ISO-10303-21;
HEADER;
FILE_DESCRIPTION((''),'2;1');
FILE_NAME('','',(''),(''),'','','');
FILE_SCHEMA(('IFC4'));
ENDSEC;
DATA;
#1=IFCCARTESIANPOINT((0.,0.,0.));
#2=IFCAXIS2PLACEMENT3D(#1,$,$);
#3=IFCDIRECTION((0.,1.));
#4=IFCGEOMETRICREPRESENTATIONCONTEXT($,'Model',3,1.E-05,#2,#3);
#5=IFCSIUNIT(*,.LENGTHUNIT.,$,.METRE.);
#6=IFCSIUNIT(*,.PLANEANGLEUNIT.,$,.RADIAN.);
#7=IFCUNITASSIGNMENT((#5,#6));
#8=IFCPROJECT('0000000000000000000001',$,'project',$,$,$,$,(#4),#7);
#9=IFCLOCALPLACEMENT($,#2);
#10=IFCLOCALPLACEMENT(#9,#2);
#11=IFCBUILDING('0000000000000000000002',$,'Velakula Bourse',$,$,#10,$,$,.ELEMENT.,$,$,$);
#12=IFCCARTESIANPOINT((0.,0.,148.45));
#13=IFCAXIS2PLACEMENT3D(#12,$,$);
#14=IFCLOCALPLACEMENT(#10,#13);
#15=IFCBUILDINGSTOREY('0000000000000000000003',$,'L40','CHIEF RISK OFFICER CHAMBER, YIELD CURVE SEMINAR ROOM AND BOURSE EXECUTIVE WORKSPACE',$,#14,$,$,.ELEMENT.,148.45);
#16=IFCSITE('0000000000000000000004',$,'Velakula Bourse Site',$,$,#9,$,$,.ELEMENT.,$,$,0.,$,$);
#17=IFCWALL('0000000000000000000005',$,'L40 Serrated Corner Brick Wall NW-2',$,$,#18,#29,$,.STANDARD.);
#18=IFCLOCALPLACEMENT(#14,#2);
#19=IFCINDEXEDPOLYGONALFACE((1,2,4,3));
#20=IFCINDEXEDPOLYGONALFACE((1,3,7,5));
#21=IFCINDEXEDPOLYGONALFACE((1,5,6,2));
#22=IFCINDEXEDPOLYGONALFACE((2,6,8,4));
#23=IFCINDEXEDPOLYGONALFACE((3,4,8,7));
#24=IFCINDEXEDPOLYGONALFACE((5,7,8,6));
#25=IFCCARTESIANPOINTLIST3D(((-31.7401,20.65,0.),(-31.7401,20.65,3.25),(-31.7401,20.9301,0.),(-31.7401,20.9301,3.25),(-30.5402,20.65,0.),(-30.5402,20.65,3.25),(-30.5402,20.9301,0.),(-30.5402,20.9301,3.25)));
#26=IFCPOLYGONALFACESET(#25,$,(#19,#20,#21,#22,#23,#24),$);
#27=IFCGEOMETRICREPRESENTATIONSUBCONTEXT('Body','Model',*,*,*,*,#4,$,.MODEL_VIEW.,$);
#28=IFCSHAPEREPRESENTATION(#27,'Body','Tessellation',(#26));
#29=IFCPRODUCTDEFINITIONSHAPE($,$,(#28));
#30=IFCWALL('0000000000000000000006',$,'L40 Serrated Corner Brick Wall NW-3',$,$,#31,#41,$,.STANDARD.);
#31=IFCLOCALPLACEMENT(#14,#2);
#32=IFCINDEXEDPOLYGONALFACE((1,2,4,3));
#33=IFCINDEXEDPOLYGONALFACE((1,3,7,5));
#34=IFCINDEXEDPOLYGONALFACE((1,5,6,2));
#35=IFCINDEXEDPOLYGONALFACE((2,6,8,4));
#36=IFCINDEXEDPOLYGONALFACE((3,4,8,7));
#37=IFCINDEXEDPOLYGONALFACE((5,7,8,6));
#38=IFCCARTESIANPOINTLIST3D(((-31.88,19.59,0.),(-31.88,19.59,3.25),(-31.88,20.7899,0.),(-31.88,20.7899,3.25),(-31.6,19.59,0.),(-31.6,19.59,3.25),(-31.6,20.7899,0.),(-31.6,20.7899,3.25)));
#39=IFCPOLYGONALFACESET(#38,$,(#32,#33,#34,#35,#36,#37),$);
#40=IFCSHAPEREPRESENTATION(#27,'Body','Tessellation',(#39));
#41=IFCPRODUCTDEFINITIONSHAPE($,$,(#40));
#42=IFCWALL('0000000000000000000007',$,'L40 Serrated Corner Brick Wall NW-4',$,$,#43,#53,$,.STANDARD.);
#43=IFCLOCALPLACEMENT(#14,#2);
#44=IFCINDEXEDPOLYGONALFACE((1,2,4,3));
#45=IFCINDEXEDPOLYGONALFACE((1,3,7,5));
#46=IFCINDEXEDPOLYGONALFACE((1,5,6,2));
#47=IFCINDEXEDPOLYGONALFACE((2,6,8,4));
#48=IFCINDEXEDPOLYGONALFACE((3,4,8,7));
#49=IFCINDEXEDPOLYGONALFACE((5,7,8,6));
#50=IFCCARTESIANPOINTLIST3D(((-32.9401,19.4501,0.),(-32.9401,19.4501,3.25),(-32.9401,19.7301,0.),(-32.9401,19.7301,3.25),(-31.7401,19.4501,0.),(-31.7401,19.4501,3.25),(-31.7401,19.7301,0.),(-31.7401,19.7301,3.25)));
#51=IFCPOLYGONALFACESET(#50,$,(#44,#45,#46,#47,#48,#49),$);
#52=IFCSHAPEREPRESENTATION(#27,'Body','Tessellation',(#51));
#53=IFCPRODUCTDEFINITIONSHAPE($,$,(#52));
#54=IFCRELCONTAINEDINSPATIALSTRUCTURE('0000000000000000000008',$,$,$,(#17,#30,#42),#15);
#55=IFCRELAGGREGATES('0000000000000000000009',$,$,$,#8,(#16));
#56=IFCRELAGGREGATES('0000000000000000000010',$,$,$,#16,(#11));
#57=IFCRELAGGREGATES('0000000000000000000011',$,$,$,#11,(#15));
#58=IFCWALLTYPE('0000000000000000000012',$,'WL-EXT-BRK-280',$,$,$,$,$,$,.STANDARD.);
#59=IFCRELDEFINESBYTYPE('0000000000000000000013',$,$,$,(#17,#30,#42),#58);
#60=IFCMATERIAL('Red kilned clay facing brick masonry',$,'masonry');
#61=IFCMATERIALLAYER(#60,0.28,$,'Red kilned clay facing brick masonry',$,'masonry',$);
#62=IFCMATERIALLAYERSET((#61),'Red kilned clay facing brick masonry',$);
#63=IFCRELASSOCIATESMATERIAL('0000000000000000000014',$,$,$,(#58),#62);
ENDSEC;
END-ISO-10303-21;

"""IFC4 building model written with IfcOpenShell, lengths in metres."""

from ifc_helpers import new_model, si_unit, direction, frame, frame_2d, origin, place, context, subcontext, project, spatial, rectangle, extrude, material, layer, layer_set, type_object, element, save


model = new_model("IFC4")

# Units and contexts
model_context = context("Model", 3, precision=1e-05, world=origin(), true_north=direction((0.0, 1.0)))
body_context = subcontext(model_context, "Body", "Model", "MODEL_VIEW")
ifc_project = project(units=[si_unit("LENGTHUNIT", "METRE"), si_unit("PLANEANGLEUNIT", "RADIAN")], contexts=[model_context])

# Site, building, storey
site_placement = place(None, origin())
site = spatial("IfcSite", under=ifc_project, at=site_placement, Name="Velakula Bourse Site", CompositionType="ELEMENT", RefElevation=0.0)
building_placement = place(site_placement, origin())
building = spatial("IfcBuilding", under=site, at=building_placement, Name="Velakula Bourse", CompositionType="ELEMENT")
storey_placement = place(building_placement, frame((0.0, 0.0, 148.45)))
storey = spatial("IfcBuildingStorey", under=building, at=storey_placement, Name="L40", Description="CHIEF RISK OFFICER CHAMBER, YIELD CURVE SEMINAR ROOM AND BOURSE EXECUTIVE WORKSPACE", CompositionType="ELEMENT", Elevation=148.45)

# Shared definitions
ifc_material_1 = material(Name="Red kilned clay facing brick masonry", Category="masonry")
ifc_layer_1 = layer(ifc_material_1, 0.28, Name="Red kilned clay facing brick masonry", Category="masonry")
ifc_layer_set_1 = layer_set([ifc_layer_1], Name="Red kilned clay facing brick masonry")
wall_type_1 = type_object("IfcWallType", Name="WL-EXT-BRK-280", PredefinedType="STANDARD", material=ifc_layer_set_1)

# Walls
for number, where, z_axis, x_axis, name in (
    (1, (-30.54, 20.79, 0.0), (0.0, 0.0, 1.0), (-1.0, 0.0, 0.0), "L40 Serrated Corner Brick Wall NW-2"),
    (2, (-31.74, 20.79, 0.0), (0.0, 0.0, 1.0), (0.0, -1.0, 0.0), "L40 Serrated Corner Brick Wall NW-3"),
    (3, (-31.74, 19.5901, 0.0), (0.0, 0.0, 1.0), (-1.0, 0.0, 0.0), "L40 Serrated Corner Brick Wall NW-4"),
):
    element("IfcWall", number, at=place(storey_placement, frame(where, z_axis=z_axis, x_axis=x_axis)), inside=storey, type_object=wall_type_1, Name=name, PredefinedType="STANDARD", context=body_context, shape_type="SweptSolid", body=[
        extrude(rectangle(XDim=1.2, YDim=0.28, at=frame_2d((0.6001, 0.0))), origin(), (0.0, 0.0, 1.0), 3.25),
    ])

save(model, "model.ifc")
